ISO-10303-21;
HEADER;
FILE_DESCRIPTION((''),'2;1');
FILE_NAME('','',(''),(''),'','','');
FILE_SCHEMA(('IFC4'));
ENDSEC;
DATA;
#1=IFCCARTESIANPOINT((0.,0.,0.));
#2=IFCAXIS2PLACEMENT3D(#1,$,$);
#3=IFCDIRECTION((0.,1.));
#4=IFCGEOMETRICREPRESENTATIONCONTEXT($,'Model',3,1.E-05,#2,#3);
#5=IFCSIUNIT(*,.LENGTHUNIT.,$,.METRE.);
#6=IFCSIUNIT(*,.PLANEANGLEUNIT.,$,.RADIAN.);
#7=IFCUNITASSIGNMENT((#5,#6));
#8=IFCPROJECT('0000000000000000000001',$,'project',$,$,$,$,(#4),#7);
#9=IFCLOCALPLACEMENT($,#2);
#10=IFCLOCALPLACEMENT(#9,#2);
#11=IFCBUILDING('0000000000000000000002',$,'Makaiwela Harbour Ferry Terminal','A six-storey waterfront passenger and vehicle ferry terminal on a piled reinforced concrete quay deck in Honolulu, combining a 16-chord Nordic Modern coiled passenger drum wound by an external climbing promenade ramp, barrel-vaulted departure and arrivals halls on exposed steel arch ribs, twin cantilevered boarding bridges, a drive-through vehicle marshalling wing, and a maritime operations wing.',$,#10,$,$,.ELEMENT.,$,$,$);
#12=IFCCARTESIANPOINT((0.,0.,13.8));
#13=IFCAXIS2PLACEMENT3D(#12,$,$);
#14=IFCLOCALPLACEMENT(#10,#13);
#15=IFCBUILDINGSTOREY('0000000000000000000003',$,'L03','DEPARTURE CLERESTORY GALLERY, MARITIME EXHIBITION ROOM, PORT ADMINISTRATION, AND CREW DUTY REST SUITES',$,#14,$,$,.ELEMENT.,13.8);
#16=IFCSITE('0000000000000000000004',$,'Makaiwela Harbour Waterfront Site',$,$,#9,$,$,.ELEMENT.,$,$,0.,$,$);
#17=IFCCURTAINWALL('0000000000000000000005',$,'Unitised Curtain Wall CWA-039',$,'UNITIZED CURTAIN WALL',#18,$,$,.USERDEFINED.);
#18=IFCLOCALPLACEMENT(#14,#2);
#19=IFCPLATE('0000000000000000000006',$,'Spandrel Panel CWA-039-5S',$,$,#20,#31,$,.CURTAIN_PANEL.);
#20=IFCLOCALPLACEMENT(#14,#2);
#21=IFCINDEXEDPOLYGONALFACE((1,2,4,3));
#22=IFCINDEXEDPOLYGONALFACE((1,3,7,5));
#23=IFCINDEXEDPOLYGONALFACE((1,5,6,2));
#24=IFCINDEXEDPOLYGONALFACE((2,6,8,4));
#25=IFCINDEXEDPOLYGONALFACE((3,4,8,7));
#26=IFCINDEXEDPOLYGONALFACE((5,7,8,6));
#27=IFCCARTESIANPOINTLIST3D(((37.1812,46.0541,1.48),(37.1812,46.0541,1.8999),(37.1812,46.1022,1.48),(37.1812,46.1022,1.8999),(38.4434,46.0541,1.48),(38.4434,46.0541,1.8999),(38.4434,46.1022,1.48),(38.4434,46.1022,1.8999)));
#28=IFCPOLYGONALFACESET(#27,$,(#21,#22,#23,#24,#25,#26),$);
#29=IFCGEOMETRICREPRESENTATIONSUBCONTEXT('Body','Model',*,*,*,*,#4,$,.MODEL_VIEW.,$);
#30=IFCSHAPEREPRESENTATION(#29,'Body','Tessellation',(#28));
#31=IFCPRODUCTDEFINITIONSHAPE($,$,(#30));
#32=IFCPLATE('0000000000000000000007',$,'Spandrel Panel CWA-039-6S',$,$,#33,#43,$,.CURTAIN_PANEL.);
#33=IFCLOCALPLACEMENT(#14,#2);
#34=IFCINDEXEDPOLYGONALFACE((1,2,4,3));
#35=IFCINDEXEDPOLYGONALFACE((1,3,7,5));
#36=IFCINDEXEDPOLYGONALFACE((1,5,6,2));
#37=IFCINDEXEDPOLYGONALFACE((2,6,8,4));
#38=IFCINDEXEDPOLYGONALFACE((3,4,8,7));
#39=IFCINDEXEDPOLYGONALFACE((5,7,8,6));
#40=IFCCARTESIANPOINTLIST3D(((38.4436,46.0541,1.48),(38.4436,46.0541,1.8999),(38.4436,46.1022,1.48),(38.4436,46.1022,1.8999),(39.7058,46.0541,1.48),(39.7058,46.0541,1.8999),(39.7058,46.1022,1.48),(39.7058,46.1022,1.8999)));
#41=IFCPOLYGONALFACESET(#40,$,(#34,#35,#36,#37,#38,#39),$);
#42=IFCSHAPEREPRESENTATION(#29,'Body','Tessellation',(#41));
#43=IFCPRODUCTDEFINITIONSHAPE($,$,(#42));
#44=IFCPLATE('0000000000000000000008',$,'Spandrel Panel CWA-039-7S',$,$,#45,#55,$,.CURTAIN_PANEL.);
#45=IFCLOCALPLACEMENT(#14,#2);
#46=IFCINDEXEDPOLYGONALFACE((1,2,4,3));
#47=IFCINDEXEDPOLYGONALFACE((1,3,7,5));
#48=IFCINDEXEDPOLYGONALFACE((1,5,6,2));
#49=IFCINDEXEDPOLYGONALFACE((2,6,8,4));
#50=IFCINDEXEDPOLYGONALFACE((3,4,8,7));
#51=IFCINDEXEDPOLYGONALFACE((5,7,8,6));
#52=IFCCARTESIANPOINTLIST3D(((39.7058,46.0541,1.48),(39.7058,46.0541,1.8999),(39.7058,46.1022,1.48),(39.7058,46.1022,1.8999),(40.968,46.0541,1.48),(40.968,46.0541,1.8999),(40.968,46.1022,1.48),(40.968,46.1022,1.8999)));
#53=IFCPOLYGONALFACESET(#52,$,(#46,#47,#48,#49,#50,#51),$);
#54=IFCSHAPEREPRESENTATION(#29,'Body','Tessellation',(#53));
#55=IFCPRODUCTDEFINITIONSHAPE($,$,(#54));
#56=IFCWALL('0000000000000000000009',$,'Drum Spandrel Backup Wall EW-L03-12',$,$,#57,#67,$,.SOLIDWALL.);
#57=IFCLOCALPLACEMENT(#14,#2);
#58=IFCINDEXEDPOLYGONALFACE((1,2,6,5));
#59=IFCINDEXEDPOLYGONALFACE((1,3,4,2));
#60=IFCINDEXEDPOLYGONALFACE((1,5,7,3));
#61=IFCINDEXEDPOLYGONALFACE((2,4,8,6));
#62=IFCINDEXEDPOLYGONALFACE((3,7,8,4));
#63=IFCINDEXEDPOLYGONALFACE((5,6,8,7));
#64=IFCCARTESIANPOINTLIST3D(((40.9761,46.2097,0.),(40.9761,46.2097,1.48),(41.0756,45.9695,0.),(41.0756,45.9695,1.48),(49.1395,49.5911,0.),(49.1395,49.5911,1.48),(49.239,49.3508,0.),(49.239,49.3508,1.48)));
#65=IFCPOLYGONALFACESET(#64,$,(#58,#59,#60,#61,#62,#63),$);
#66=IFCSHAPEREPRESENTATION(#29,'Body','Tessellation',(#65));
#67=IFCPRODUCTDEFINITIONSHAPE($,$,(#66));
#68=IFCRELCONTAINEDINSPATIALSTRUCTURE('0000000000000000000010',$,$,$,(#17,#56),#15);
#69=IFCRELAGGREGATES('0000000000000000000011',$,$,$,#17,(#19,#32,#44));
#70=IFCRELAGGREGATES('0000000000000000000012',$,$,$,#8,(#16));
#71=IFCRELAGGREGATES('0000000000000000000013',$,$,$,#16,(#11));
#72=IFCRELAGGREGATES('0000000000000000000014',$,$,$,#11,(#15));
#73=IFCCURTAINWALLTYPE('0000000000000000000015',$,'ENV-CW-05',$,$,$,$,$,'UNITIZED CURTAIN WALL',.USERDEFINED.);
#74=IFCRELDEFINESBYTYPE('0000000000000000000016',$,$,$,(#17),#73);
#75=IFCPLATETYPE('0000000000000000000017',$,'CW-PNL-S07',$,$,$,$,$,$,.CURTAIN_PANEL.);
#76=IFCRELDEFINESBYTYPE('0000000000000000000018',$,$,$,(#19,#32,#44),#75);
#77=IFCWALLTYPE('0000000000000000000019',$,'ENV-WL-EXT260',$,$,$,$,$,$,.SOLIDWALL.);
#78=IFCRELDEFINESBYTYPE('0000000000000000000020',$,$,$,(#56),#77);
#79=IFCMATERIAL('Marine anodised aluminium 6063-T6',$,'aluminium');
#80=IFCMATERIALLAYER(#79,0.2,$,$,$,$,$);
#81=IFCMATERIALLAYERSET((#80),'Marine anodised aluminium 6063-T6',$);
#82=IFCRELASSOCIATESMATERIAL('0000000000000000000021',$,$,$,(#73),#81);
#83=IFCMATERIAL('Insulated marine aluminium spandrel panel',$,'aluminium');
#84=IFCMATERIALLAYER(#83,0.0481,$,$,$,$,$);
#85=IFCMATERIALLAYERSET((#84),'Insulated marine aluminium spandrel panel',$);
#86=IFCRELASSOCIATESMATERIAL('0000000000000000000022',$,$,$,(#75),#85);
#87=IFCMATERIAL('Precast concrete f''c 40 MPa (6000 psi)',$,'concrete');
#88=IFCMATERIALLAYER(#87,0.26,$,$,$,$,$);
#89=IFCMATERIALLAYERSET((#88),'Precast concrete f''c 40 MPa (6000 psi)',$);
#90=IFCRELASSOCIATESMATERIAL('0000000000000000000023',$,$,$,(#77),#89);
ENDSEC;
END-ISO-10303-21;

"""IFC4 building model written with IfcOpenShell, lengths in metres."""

from ifc_helpers import new_model, si_unit, direction, frame, frame_2d, origin, origin_2d, place, context, subcontext, project, spatial, rectangle, extrude, material, layer, layer_set, type_object, element, aggregate, save


model = new_model("IFC4")

# Units and contexts
model_context = context("Model", 3, precision=1e-05, world=origin(), true_north=direction((0.0, 1.0)))
body_context = subcontext(model_context, "Body", "Model", "MODEL_VIEW")
ifc_project = project(units=[si_unit("LENGTHUNIT", "METRE"), si_unit("PLANEANGLEUNIT", "RADIAN")], contexts=[model_context])

# Site, building, storey
site_placement = place(None, origin())
site = spatial("IfcSite", under=ifc_project, at=site_placement, Name="Makaiwela Harbour Waterfront Site", CompositionType="ELEMENT", RefElevation=0.0)
building_placement = place(site_placement, origin())
building = spatial("IfcBuilding", under=site, at=building_placement, Name="Makaiwela Harbour Ferry Terminal", Description="A six-storey waterfront passenger and vehicle ferry terminal on a piled reinforced concrete quay deck in Honolulu, combining a 16-chord Nordic Modern coiled passenger drum wound by an external climbing promenade ramp, barrel-vaulted departure and arrivals halls on exposed steel arch ribs, twin cantilevered boarding bridges, a drive-through vehicle marshalling wing, and a maritime operations wing.", CompositionType="ELEMENT")
storey_placement = place(building_placement, frame((0.0, 0.0, 13.8)))
storey = spatial("IfcBuildingStorey", under=building, at=storey_placement, Name="L03", Description="DEPARTURE CLERESTORY GALLERY, MARITIME EXHIBITION ROOM, PORT ADMINISTRATION, AND CREW DUTY REST SUITES", CompositionType="ELEMENT", Elevation=13.8)

# Curtain wall
ifc_material_1 = material(Name="Marine anodised aluminium 6063-T6", Category="aluminium")
ifc_layer_1 = layer(ifc_material_1, 0.2)
ifc_layer_set_1 = layer_set([ifc_layer_1], Name="Marine anodised aluminium 6063-T6")
curtain_wall_type = type_object("IfcCurtainWallType", Name="ENV-CW-05", ElementType="UNITIZED CURTAIN WALL", PredefinedType="USERDEFINED", material=ifc_layer_set_1)
curtain_wall_1_placement = place(storey_placement, origin())
curtain_wall_1 = element("IfcCurtainWall", 1, at=curtain_wall_1_placement, inside=storey, type_object=curtain_wall_type, Name="Unitised Curtain Wall CWA-039", ObjectType="UNITIZED CURTAIN WALL", PredefinedType="USERDEFINED")

# Plates
ifc_material_2 = material(Name="Insulated marine aluminium spandrel panel", Category="aluminium")
ifc_layer_2 = layer(ifc_material_2, 0.0481)
ifc_layer_set_2 = layer_set([ifc_layer_2], Name="Insulated marine aluminium spandrel panel")
plate_type_1 = type_object("IfcPlateType", Name="CW-PNL-S07", PredefinedType="CURTAIN_PANEL", material=ifc_layer_set_2)
plate_1_placement = place(storey_placement, frame((37.8123, 46.0781, 1.48), z_axis=(0.0, 0.0, 1.0), x_axis=(1.0, 0.0, 0.0)))
plate_1 = element("IfcPlate", 2, at=plate_1_placement, type_object=plate_type_1, Name="Spandrel Panel CWA-039-5S", PredefinedType="CURTAIN_PANEL", context=body_context, shape_type="SweptSolid", body=[
    extrude(rectangle(XDim=1.2622, YDim=0.0481, at=origin_2d()), origin(), (0.0, 0.0, 1.0), 0.4199),
])
plate_2_placement = place(storey_placement, frame((39.0747, 46.0781, 1.48), z_axis=(0.0, 0.0, 1.0), x_axis=(1.0, 0.0, 0.0)))
plate_2 = element("IfcPlate", 3, at=plate_2_placement, type_object=plate_type_1, Name="Spandrel Panel CWA-039-6S", PredefinedType="CURTAIN_PANEL", context=body_context, shape_type="SweptSolid", body=[
    extrude(rectangle(XDim=1.2622, YDim=0.0481, at=origin_2d()), origin(), (0.0, 0.0, 1.0), 0.4199),
])
plate_3_placement = place(storey_placement, frame((40.3369, 46.0781, 1.48), z_axis=(0.0, 0.0, 1.0), x_axis=(1.0, 0.0, 0.0)))
plate_3 = element("IfcPlate", 4, at=plate_3_placement, type_object=plate_type_1, Name="Spandrel Panel CWA-039-7S", PredefinedType="CURTAIN_PANEL", context=body_context, shape_type="SweptSolid", body=[
    extrude(rectangle(XDim=1.2622, YDim=0.0481, at=origin_2d()), origin(), (0.0, 0.0, 1.0), 0.4199),
])
aggregate(curtain_wall_1, [plate_1, plate_2, plate_3])

# Wall
ifc_material_3 = material(Name="Precast concrete f'c 40 MPa (6000 psi)", Category="concrete")
ifc_layer_3 = layer(ifc_material_3, 0.26)
ifc_layer_set_3 = layer_set([ifc_layer_3], Name="Precast concrete f'c 40 MPa (6000 psi)")
wall_type = type_object("IfcWallType", Name="ENV-WL-EXT260", PredefinedType="SOLIDWALL", material=ifc_layer_set_3)
wall_placement = place(storey_placement, frame((41.0259, 46.0896, 0.0), z_axis=(0.0, 0.0, 1.0), x_axis=(0.92388, 0.382682, 0.0)))
element("IfcWall", 5, at=wall_placement, inside=storey, type_object=wall_type, Name="Drum Spandrel Backup Wall EW-L03-12", PredefinedType="SOLIDWALL", context=body_context, shape_type="SweptSolid", body=[
    extrude(rectangle(XDim=8.8359, YDim=0.26, at=frame_2d((4.418, 0.0))), origin(), (0.0, 0.0, 1.0), 1.48),
])

save(model, "model.ifc")
